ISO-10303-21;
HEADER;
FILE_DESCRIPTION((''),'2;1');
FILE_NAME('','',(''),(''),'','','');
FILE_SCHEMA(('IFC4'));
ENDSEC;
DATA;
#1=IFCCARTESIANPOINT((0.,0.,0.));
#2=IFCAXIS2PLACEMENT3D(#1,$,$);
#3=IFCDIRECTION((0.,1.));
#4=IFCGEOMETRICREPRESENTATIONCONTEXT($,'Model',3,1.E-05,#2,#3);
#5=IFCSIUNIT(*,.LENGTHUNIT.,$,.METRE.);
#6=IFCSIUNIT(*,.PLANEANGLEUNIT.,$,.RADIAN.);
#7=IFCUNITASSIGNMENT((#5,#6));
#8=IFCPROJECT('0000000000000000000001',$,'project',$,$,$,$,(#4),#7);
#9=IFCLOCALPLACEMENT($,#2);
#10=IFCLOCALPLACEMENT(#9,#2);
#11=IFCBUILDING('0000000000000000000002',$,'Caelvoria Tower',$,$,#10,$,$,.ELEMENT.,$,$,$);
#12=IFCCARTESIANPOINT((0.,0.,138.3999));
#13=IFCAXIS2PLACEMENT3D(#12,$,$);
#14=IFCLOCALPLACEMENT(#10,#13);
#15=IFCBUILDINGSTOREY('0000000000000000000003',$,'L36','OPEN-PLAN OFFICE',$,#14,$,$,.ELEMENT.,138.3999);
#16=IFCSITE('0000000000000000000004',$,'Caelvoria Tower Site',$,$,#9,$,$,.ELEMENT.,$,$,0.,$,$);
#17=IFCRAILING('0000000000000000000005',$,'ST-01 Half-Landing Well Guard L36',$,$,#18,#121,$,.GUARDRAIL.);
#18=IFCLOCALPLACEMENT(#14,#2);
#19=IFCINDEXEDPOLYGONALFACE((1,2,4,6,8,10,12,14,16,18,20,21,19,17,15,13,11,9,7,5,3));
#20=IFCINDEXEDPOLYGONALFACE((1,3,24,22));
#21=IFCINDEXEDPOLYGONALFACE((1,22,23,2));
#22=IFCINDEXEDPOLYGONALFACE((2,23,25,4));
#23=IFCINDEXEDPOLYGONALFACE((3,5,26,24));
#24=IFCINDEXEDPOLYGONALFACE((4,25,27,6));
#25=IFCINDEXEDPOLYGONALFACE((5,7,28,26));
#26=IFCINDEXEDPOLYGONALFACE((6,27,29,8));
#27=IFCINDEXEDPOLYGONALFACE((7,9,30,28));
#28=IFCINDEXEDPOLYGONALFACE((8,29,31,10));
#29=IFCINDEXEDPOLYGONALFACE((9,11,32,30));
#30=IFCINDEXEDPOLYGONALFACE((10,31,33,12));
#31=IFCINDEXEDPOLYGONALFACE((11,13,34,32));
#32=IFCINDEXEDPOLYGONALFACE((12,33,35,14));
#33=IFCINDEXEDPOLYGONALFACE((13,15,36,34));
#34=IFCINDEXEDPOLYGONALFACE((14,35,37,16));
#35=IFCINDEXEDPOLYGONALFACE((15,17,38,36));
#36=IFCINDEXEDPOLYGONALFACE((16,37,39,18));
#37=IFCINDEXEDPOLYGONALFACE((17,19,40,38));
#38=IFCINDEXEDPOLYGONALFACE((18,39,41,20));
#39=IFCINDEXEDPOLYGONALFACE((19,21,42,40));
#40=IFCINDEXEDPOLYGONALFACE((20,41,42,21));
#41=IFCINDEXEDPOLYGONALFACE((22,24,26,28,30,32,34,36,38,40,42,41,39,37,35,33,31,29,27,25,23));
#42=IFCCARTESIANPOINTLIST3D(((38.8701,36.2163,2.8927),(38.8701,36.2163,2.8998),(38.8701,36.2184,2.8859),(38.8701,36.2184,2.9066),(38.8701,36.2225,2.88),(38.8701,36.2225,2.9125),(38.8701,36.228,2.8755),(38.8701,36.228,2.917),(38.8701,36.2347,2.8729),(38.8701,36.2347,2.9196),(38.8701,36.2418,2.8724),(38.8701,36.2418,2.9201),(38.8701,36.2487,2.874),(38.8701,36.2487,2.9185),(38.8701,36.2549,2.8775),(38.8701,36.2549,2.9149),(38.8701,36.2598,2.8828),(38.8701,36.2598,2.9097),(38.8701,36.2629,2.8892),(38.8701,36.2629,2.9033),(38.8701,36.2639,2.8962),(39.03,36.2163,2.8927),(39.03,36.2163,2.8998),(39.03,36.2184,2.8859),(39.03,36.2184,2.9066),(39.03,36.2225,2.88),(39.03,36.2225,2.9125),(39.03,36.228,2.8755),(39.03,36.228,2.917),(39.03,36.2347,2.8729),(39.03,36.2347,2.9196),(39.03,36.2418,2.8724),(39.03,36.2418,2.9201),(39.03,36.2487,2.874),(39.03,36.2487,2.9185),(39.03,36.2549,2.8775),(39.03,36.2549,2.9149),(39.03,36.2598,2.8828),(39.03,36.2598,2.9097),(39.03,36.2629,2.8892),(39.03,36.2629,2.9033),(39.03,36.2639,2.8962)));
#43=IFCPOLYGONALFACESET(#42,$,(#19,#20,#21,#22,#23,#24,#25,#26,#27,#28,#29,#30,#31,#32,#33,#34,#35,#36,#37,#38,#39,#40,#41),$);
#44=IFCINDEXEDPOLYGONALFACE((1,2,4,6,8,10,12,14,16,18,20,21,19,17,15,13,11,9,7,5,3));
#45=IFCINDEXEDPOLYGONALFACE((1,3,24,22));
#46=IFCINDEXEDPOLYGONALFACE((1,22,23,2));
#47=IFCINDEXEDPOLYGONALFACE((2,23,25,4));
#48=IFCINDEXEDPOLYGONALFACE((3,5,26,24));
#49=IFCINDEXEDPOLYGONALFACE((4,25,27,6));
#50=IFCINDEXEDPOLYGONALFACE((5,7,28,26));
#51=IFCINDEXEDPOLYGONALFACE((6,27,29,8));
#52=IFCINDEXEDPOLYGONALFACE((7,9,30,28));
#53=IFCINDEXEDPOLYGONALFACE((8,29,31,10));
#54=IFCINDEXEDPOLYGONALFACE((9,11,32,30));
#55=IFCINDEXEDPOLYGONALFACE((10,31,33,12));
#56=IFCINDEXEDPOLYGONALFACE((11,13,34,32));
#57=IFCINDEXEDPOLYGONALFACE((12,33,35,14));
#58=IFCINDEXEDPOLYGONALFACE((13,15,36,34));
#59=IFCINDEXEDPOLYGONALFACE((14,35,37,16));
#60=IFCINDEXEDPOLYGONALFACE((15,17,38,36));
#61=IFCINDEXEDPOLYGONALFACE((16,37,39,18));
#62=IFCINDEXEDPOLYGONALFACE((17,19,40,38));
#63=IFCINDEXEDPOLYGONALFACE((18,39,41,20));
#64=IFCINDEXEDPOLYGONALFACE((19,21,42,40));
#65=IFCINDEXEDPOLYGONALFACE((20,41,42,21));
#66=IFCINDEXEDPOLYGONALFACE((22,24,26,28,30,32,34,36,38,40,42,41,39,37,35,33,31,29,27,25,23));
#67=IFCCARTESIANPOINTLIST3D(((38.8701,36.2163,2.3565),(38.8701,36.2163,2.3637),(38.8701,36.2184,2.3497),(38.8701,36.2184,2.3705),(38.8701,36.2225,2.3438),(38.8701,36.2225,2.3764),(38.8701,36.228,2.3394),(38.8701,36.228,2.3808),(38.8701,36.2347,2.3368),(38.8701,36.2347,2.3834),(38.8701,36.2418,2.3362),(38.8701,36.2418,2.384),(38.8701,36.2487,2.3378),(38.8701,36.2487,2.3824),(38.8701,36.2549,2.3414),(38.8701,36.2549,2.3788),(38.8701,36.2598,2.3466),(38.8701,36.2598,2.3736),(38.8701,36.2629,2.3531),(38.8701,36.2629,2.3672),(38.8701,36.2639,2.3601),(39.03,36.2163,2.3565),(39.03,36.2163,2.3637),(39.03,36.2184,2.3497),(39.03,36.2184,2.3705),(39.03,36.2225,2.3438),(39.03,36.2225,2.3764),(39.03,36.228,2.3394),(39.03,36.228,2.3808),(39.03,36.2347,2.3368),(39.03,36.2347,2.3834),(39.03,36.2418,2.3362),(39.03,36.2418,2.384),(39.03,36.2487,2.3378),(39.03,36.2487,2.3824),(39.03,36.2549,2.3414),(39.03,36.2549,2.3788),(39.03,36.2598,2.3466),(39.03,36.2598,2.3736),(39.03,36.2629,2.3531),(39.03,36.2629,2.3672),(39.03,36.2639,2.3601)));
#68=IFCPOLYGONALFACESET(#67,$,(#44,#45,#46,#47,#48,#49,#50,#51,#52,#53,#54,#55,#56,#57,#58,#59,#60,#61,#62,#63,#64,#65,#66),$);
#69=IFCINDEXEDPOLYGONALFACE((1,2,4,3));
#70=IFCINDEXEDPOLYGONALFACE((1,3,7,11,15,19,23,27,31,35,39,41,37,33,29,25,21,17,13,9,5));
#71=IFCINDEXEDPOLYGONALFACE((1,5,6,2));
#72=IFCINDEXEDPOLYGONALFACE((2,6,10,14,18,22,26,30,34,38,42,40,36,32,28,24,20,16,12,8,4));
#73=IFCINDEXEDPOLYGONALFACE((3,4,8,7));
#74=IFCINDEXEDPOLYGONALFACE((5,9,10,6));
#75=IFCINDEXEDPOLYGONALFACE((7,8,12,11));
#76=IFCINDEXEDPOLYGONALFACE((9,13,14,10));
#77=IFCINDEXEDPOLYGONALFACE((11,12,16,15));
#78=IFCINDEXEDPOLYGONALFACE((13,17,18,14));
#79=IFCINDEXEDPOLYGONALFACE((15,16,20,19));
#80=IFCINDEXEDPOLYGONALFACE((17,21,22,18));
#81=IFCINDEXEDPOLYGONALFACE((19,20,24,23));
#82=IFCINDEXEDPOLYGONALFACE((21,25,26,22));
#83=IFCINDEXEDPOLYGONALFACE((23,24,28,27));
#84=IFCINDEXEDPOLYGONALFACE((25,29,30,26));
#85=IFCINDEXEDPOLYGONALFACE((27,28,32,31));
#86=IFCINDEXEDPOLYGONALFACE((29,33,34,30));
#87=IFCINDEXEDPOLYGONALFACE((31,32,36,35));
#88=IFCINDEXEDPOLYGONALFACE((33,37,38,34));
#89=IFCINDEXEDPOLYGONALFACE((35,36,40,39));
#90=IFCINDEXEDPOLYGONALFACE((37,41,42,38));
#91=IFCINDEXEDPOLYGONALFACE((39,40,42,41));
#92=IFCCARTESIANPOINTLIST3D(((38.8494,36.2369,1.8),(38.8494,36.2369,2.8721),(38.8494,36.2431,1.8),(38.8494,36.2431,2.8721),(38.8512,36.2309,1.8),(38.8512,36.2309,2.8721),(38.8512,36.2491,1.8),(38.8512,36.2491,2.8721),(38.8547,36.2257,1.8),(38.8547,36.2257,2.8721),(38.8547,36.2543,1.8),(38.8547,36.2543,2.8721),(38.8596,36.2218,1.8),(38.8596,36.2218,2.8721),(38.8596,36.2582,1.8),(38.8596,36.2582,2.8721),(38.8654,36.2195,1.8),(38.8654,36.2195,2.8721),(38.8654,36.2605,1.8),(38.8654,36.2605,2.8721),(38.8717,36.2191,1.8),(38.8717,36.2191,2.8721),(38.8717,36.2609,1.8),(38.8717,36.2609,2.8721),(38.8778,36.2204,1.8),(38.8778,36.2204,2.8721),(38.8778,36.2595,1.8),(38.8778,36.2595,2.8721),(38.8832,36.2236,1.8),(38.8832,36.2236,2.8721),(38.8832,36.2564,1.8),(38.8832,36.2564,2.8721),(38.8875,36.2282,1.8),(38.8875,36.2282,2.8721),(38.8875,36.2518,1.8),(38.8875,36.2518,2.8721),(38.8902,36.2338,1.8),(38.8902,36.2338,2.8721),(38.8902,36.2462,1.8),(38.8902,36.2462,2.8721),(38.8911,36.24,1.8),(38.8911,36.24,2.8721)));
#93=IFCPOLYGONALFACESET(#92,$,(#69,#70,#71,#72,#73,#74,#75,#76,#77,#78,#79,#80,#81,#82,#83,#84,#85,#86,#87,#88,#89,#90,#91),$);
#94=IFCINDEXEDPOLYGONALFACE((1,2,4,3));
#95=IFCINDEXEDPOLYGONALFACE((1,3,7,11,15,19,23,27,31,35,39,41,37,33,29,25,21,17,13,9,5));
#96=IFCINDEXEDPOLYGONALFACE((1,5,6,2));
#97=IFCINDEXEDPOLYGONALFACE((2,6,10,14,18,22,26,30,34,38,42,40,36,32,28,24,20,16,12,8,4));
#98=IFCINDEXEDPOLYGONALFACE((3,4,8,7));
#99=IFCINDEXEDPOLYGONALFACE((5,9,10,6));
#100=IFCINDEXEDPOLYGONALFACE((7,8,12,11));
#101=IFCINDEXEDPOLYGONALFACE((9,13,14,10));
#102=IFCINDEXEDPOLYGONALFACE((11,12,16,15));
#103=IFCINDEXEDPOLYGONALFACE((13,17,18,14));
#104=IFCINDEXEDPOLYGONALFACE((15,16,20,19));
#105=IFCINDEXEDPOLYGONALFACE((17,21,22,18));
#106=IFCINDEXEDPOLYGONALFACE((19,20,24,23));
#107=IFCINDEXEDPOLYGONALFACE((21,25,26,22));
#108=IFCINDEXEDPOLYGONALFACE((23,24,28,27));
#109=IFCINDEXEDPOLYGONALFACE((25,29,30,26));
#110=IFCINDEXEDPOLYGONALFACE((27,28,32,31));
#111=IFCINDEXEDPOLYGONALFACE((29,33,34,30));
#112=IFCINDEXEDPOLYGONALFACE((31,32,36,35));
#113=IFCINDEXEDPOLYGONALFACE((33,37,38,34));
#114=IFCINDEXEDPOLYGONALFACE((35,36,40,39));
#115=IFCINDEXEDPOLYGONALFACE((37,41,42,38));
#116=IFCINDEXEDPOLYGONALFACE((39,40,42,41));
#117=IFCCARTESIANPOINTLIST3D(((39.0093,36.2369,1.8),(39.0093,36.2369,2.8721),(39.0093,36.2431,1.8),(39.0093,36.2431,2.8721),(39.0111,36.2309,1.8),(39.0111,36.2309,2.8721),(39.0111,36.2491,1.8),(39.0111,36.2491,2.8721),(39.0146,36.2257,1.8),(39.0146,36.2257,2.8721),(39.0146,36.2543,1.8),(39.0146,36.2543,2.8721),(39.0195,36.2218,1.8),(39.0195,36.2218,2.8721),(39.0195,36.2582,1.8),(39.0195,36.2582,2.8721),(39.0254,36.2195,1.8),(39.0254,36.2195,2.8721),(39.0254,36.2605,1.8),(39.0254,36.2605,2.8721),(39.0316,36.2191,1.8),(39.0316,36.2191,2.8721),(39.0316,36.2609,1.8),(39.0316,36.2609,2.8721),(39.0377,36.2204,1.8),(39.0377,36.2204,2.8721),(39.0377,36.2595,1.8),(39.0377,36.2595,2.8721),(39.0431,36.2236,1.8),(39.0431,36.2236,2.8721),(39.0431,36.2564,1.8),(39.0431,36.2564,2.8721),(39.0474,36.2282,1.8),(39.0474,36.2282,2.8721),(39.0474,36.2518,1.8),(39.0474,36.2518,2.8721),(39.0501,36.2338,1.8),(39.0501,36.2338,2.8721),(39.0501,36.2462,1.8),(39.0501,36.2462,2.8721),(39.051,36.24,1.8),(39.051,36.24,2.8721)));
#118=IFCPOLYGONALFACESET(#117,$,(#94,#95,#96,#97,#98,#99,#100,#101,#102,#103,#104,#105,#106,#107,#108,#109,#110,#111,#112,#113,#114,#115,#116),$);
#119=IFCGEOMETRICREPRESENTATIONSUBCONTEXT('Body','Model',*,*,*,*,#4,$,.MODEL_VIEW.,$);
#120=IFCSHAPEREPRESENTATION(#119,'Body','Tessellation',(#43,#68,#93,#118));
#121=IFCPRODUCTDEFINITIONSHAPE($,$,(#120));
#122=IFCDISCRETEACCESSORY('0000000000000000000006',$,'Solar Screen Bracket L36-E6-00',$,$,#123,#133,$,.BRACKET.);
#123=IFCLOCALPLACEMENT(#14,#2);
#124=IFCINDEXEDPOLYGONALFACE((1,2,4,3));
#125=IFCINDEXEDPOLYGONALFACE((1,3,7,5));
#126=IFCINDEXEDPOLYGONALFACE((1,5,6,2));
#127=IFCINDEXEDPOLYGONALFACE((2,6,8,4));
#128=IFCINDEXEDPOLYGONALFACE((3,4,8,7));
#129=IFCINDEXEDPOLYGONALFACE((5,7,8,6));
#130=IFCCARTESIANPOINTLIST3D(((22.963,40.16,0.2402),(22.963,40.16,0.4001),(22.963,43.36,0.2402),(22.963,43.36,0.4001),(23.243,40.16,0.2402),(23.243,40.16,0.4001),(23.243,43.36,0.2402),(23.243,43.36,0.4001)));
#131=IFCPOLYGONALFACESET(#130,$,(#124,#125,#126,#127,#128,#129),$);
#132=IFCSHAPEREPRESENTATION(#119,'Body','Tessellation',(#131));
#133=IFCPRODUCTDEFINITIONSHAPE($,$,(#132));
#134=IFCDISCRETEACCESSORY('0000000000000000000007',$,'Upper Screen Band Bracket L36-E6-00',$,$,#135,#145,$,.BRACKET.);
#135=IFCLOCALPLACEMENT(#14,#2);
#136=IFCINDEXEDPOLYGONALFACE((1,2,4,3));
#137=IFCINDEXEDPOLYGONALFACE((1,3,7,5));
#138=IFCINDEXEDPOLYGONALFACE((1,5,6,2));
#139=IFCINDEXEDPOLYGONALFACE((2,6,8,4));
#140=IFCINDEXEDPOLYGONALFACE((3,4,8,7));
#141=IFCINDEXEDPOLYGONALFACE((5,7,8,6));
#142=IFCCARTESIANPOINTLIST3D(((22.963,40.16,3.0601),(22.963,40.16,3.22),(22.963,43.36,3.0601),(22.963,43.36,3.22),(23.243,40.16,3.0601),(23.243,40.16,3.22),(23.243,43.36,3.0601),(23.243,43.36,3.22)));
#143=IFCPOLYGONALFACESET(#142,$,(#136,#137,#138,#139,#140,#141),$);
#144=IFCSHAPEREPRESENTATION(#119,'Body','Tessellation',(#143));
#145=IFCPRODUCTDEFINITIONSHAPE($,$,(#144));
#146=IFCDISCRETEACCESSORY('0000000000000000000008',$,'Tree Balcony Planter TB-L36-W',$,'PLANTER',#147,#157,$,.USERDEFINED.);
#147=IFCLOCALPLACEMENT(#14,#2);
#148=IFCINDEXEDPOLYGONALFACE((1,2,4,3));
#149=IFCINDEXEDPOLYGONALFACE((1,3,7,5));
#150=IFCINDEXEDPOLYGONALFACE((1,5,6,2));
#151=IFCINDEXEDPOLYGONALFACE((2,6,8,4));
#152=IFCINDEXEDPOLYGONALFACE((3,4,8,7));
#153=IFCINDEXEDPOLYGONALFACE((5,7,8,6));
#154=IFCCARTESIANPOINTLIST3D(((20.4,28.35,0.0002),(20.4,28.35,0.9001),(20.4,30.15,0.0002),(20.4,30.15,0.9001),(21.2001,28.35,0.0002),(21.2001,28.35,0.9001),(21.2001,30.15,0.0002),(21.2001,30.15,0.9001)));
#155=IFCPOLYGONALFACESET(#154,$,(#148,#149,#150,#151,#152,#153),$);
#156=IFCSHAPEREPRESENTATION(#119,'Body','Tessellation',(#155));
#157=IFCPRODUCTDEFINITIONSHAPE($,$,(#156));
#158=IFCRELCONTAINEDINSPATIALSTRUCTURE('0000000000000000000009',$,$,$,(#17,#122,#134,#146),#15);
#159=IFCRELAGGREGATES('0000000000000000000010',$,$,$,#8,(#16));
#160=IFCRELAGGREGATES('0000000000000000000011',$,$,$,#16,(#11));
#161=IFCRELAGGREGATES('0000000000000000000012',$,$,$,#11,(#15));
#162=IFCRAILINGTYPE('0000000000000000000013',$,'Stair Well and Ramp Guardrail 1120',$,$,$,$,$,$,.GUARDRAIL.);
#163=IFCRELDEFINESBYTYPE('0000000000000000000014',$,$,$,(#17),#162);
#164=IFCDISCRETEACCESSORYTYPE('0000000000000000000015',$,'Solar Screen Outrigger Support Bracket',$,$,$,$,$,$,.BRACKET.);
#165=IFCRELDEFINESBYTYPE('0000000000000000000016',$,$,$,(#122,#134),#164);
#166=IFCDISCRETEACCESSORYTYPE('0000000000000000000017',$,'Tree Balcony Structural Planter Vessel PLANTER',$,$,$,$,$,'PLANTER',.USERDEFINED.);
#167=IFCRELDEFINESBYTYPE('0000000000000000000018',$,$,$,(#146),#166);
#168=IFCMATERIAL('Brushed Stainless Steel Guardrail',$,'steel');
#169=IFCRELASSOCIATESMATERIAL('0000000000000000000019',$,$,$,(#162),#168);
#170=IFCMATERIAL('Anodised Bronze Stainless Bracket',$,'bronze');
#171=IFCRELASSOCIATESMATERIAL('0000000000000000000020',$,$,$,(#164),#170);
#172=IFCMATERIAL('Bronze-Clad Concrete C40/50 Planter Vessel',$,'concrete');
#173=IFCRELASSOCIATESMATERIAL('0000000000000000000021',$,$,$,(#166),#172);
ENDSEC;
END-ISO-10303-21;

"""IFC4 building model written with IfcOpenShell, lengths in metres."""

from ifc_helpers import new_model, si_unit, direction, frame, origin, origin_2d, place, context, subcontext, project, spatial, rectangle, circle, extrude, material, type_object, element, save


model = new_model("IFC4")

# Units and contexts
model_context = context("Model", 3, precision=1e-05, world=origin(), true_north=direction((0.0, 1.0)))
body_context = subcontext(model_context, "Body", "Model", "MODEL_VIEW")
ifc_project = project(units=[si_unit("LENGTHUNIT", "METRE"), si_unit("PLANEANGLEUNIT", "RADIAN")], contexts=[model_context])

# Site, building, storey
site_placement = place(None, origin())
site = spatial("IfcSite", under=ifc_project, at=site_placement, Name="Caelvoria Tower Site", CompositionType="ELEMENT", RefElevation=0.0)
building_placement = place(site_placement, origin())
building = spatial("IfcBuilding", under=site, at=building_placement, Name="Caelvoria Tower", CompositionType="ELEMENT")
storey_placement = place(building_placement, frame((0.0, 0.0, 138.3999)))
storey = spatial("IfcBuildingStorey", under=building, at=storey_placement, Name="L36", Description="OPEN-PLAN OFFICE", CompositionType="ELEMENT", Elevation=138.3999)

# Railing
ifc_material_1 = material(Name="Brushed Stainless Steel Guardrail", Category="steel")
railing_type_1 = type_object("IfcRailingType", Name="Stair Well and Ramp Guardrail 1120", PredefinedType="GUARDRAIL", material=ifc_material_1)
railing_1_placement = place(storey_placement, frame((38.8701, 36.24, 1.8)))
element("IfcRailing", 1, at=railing_1_placement, inside=storey, type_object=railing_type_1, Name="ST-01 Half-Landing Well Guard L36", PredefinedType="GUARDRAIL", context=body_context, shape_type="SweptSolid", body=[
    extrude(circle(Radius=0.0239, at=origin_2d()), frame((0.0, 0.0, 1.0962), z_axis=(1.0, 0.0, 0.0), x_axis=(0.0, 1.0, 0.0)), (0.0, 0.0, 1.0), 0.1599),
    extrude(circle(Radius=0.0239, at=origin_2d()), frame((0.0, 0.0, 0.5601), z_axis=(1.0, 0.0, 0.0), x_axis=(0.0, 1.0, 0.0)), (0.0, 0.0, 1.0), 0.1599),
    extrude(circle(Radius=0.021, at=origin_2d()), origin(), (0.0, 0.0, 1.0), 1.072),
    extrude(circle(Radius=0.021, at=origin_2d()), frame((0.1599, 0.0, 0.0)), (0.0, 0.0, 1.0), 1.072),
])

# Discrete accessories
ifc_material_2 = material(Name="Anodised Bronze Stainless Bracket", Category="bronze")
discrete_accessory_type_1 = type_object("IfcDiscreteAccessoryType", Name="Solar Screen Outrigger Support Bracket", PredefinedType="BRACKET", material=ifc_material_2)
for number, where, z_axis, x_axis, name in (
    (2, (23.103, 41.76, 0.2402), (0.0, 0.0, 1.0), (0.0, -1.0, 0.0), "Solar Screen Bracket L36-E6-00"),
    (3, (23.103, 41.76, 3.0601), (0.0, 0.0, 1.0), (0.0, -1.0, 0.0), "Upper Screen Band Bracket L36-E6-00"),
):
    element("IfcDiscreteAccessory", number, at=place(storey_placement, frame(where, z_axis=z_axis, x_axis=x_axis)), inside=storey, type_object=discrete_accessory_type_1, Name=name, PredefinedType="BRACKET", context=body_context, shape_type="SweptSolid", body=[
        extrude(rectangle(XDim=3.2, YDim=0.28, at=origin_2d()), origin(), (0.0, 0.0, 1.0), 0.1599),
    ])
ifc_material_3 = material(Name="Bronze-Clad Concrete C40/50 Planter Vessel", Category="concrete")
discrete_accessory_type_2 = type_object("IfcDiscreteAccessoryType", Name="Tree Balcony Structural Planter Vessel PLANTER", ElementType="PLANTER", PredefinedType="USERDEFINED", material=ifc_material_3)
discrete_accessory_placement = place(storey_placement, frame((20.8, 29.25, 0.0002), z_axis=(0.0, 0.0, 1.0), x_axis=(0.0, 1.0, 0.0)))
element("IfcDiscreteAccessory", 4, at=discrete_accessory_placement, inside=storey, type_object=discrete_accessory_type_2, Name="Tree Balcony Planter TB-L36-W", ObjectType="PLANTER", PredefinedType="USERDEFINED", context=body_context, shape_type="SweptSolid", body=[
    extrude(rectangle(XDim=1.8, YDim=0.8, at=origin_2d()), origin(), (0.0, 0.0, 1.0), 0.8999),
])

save(model, "model.ifc")
